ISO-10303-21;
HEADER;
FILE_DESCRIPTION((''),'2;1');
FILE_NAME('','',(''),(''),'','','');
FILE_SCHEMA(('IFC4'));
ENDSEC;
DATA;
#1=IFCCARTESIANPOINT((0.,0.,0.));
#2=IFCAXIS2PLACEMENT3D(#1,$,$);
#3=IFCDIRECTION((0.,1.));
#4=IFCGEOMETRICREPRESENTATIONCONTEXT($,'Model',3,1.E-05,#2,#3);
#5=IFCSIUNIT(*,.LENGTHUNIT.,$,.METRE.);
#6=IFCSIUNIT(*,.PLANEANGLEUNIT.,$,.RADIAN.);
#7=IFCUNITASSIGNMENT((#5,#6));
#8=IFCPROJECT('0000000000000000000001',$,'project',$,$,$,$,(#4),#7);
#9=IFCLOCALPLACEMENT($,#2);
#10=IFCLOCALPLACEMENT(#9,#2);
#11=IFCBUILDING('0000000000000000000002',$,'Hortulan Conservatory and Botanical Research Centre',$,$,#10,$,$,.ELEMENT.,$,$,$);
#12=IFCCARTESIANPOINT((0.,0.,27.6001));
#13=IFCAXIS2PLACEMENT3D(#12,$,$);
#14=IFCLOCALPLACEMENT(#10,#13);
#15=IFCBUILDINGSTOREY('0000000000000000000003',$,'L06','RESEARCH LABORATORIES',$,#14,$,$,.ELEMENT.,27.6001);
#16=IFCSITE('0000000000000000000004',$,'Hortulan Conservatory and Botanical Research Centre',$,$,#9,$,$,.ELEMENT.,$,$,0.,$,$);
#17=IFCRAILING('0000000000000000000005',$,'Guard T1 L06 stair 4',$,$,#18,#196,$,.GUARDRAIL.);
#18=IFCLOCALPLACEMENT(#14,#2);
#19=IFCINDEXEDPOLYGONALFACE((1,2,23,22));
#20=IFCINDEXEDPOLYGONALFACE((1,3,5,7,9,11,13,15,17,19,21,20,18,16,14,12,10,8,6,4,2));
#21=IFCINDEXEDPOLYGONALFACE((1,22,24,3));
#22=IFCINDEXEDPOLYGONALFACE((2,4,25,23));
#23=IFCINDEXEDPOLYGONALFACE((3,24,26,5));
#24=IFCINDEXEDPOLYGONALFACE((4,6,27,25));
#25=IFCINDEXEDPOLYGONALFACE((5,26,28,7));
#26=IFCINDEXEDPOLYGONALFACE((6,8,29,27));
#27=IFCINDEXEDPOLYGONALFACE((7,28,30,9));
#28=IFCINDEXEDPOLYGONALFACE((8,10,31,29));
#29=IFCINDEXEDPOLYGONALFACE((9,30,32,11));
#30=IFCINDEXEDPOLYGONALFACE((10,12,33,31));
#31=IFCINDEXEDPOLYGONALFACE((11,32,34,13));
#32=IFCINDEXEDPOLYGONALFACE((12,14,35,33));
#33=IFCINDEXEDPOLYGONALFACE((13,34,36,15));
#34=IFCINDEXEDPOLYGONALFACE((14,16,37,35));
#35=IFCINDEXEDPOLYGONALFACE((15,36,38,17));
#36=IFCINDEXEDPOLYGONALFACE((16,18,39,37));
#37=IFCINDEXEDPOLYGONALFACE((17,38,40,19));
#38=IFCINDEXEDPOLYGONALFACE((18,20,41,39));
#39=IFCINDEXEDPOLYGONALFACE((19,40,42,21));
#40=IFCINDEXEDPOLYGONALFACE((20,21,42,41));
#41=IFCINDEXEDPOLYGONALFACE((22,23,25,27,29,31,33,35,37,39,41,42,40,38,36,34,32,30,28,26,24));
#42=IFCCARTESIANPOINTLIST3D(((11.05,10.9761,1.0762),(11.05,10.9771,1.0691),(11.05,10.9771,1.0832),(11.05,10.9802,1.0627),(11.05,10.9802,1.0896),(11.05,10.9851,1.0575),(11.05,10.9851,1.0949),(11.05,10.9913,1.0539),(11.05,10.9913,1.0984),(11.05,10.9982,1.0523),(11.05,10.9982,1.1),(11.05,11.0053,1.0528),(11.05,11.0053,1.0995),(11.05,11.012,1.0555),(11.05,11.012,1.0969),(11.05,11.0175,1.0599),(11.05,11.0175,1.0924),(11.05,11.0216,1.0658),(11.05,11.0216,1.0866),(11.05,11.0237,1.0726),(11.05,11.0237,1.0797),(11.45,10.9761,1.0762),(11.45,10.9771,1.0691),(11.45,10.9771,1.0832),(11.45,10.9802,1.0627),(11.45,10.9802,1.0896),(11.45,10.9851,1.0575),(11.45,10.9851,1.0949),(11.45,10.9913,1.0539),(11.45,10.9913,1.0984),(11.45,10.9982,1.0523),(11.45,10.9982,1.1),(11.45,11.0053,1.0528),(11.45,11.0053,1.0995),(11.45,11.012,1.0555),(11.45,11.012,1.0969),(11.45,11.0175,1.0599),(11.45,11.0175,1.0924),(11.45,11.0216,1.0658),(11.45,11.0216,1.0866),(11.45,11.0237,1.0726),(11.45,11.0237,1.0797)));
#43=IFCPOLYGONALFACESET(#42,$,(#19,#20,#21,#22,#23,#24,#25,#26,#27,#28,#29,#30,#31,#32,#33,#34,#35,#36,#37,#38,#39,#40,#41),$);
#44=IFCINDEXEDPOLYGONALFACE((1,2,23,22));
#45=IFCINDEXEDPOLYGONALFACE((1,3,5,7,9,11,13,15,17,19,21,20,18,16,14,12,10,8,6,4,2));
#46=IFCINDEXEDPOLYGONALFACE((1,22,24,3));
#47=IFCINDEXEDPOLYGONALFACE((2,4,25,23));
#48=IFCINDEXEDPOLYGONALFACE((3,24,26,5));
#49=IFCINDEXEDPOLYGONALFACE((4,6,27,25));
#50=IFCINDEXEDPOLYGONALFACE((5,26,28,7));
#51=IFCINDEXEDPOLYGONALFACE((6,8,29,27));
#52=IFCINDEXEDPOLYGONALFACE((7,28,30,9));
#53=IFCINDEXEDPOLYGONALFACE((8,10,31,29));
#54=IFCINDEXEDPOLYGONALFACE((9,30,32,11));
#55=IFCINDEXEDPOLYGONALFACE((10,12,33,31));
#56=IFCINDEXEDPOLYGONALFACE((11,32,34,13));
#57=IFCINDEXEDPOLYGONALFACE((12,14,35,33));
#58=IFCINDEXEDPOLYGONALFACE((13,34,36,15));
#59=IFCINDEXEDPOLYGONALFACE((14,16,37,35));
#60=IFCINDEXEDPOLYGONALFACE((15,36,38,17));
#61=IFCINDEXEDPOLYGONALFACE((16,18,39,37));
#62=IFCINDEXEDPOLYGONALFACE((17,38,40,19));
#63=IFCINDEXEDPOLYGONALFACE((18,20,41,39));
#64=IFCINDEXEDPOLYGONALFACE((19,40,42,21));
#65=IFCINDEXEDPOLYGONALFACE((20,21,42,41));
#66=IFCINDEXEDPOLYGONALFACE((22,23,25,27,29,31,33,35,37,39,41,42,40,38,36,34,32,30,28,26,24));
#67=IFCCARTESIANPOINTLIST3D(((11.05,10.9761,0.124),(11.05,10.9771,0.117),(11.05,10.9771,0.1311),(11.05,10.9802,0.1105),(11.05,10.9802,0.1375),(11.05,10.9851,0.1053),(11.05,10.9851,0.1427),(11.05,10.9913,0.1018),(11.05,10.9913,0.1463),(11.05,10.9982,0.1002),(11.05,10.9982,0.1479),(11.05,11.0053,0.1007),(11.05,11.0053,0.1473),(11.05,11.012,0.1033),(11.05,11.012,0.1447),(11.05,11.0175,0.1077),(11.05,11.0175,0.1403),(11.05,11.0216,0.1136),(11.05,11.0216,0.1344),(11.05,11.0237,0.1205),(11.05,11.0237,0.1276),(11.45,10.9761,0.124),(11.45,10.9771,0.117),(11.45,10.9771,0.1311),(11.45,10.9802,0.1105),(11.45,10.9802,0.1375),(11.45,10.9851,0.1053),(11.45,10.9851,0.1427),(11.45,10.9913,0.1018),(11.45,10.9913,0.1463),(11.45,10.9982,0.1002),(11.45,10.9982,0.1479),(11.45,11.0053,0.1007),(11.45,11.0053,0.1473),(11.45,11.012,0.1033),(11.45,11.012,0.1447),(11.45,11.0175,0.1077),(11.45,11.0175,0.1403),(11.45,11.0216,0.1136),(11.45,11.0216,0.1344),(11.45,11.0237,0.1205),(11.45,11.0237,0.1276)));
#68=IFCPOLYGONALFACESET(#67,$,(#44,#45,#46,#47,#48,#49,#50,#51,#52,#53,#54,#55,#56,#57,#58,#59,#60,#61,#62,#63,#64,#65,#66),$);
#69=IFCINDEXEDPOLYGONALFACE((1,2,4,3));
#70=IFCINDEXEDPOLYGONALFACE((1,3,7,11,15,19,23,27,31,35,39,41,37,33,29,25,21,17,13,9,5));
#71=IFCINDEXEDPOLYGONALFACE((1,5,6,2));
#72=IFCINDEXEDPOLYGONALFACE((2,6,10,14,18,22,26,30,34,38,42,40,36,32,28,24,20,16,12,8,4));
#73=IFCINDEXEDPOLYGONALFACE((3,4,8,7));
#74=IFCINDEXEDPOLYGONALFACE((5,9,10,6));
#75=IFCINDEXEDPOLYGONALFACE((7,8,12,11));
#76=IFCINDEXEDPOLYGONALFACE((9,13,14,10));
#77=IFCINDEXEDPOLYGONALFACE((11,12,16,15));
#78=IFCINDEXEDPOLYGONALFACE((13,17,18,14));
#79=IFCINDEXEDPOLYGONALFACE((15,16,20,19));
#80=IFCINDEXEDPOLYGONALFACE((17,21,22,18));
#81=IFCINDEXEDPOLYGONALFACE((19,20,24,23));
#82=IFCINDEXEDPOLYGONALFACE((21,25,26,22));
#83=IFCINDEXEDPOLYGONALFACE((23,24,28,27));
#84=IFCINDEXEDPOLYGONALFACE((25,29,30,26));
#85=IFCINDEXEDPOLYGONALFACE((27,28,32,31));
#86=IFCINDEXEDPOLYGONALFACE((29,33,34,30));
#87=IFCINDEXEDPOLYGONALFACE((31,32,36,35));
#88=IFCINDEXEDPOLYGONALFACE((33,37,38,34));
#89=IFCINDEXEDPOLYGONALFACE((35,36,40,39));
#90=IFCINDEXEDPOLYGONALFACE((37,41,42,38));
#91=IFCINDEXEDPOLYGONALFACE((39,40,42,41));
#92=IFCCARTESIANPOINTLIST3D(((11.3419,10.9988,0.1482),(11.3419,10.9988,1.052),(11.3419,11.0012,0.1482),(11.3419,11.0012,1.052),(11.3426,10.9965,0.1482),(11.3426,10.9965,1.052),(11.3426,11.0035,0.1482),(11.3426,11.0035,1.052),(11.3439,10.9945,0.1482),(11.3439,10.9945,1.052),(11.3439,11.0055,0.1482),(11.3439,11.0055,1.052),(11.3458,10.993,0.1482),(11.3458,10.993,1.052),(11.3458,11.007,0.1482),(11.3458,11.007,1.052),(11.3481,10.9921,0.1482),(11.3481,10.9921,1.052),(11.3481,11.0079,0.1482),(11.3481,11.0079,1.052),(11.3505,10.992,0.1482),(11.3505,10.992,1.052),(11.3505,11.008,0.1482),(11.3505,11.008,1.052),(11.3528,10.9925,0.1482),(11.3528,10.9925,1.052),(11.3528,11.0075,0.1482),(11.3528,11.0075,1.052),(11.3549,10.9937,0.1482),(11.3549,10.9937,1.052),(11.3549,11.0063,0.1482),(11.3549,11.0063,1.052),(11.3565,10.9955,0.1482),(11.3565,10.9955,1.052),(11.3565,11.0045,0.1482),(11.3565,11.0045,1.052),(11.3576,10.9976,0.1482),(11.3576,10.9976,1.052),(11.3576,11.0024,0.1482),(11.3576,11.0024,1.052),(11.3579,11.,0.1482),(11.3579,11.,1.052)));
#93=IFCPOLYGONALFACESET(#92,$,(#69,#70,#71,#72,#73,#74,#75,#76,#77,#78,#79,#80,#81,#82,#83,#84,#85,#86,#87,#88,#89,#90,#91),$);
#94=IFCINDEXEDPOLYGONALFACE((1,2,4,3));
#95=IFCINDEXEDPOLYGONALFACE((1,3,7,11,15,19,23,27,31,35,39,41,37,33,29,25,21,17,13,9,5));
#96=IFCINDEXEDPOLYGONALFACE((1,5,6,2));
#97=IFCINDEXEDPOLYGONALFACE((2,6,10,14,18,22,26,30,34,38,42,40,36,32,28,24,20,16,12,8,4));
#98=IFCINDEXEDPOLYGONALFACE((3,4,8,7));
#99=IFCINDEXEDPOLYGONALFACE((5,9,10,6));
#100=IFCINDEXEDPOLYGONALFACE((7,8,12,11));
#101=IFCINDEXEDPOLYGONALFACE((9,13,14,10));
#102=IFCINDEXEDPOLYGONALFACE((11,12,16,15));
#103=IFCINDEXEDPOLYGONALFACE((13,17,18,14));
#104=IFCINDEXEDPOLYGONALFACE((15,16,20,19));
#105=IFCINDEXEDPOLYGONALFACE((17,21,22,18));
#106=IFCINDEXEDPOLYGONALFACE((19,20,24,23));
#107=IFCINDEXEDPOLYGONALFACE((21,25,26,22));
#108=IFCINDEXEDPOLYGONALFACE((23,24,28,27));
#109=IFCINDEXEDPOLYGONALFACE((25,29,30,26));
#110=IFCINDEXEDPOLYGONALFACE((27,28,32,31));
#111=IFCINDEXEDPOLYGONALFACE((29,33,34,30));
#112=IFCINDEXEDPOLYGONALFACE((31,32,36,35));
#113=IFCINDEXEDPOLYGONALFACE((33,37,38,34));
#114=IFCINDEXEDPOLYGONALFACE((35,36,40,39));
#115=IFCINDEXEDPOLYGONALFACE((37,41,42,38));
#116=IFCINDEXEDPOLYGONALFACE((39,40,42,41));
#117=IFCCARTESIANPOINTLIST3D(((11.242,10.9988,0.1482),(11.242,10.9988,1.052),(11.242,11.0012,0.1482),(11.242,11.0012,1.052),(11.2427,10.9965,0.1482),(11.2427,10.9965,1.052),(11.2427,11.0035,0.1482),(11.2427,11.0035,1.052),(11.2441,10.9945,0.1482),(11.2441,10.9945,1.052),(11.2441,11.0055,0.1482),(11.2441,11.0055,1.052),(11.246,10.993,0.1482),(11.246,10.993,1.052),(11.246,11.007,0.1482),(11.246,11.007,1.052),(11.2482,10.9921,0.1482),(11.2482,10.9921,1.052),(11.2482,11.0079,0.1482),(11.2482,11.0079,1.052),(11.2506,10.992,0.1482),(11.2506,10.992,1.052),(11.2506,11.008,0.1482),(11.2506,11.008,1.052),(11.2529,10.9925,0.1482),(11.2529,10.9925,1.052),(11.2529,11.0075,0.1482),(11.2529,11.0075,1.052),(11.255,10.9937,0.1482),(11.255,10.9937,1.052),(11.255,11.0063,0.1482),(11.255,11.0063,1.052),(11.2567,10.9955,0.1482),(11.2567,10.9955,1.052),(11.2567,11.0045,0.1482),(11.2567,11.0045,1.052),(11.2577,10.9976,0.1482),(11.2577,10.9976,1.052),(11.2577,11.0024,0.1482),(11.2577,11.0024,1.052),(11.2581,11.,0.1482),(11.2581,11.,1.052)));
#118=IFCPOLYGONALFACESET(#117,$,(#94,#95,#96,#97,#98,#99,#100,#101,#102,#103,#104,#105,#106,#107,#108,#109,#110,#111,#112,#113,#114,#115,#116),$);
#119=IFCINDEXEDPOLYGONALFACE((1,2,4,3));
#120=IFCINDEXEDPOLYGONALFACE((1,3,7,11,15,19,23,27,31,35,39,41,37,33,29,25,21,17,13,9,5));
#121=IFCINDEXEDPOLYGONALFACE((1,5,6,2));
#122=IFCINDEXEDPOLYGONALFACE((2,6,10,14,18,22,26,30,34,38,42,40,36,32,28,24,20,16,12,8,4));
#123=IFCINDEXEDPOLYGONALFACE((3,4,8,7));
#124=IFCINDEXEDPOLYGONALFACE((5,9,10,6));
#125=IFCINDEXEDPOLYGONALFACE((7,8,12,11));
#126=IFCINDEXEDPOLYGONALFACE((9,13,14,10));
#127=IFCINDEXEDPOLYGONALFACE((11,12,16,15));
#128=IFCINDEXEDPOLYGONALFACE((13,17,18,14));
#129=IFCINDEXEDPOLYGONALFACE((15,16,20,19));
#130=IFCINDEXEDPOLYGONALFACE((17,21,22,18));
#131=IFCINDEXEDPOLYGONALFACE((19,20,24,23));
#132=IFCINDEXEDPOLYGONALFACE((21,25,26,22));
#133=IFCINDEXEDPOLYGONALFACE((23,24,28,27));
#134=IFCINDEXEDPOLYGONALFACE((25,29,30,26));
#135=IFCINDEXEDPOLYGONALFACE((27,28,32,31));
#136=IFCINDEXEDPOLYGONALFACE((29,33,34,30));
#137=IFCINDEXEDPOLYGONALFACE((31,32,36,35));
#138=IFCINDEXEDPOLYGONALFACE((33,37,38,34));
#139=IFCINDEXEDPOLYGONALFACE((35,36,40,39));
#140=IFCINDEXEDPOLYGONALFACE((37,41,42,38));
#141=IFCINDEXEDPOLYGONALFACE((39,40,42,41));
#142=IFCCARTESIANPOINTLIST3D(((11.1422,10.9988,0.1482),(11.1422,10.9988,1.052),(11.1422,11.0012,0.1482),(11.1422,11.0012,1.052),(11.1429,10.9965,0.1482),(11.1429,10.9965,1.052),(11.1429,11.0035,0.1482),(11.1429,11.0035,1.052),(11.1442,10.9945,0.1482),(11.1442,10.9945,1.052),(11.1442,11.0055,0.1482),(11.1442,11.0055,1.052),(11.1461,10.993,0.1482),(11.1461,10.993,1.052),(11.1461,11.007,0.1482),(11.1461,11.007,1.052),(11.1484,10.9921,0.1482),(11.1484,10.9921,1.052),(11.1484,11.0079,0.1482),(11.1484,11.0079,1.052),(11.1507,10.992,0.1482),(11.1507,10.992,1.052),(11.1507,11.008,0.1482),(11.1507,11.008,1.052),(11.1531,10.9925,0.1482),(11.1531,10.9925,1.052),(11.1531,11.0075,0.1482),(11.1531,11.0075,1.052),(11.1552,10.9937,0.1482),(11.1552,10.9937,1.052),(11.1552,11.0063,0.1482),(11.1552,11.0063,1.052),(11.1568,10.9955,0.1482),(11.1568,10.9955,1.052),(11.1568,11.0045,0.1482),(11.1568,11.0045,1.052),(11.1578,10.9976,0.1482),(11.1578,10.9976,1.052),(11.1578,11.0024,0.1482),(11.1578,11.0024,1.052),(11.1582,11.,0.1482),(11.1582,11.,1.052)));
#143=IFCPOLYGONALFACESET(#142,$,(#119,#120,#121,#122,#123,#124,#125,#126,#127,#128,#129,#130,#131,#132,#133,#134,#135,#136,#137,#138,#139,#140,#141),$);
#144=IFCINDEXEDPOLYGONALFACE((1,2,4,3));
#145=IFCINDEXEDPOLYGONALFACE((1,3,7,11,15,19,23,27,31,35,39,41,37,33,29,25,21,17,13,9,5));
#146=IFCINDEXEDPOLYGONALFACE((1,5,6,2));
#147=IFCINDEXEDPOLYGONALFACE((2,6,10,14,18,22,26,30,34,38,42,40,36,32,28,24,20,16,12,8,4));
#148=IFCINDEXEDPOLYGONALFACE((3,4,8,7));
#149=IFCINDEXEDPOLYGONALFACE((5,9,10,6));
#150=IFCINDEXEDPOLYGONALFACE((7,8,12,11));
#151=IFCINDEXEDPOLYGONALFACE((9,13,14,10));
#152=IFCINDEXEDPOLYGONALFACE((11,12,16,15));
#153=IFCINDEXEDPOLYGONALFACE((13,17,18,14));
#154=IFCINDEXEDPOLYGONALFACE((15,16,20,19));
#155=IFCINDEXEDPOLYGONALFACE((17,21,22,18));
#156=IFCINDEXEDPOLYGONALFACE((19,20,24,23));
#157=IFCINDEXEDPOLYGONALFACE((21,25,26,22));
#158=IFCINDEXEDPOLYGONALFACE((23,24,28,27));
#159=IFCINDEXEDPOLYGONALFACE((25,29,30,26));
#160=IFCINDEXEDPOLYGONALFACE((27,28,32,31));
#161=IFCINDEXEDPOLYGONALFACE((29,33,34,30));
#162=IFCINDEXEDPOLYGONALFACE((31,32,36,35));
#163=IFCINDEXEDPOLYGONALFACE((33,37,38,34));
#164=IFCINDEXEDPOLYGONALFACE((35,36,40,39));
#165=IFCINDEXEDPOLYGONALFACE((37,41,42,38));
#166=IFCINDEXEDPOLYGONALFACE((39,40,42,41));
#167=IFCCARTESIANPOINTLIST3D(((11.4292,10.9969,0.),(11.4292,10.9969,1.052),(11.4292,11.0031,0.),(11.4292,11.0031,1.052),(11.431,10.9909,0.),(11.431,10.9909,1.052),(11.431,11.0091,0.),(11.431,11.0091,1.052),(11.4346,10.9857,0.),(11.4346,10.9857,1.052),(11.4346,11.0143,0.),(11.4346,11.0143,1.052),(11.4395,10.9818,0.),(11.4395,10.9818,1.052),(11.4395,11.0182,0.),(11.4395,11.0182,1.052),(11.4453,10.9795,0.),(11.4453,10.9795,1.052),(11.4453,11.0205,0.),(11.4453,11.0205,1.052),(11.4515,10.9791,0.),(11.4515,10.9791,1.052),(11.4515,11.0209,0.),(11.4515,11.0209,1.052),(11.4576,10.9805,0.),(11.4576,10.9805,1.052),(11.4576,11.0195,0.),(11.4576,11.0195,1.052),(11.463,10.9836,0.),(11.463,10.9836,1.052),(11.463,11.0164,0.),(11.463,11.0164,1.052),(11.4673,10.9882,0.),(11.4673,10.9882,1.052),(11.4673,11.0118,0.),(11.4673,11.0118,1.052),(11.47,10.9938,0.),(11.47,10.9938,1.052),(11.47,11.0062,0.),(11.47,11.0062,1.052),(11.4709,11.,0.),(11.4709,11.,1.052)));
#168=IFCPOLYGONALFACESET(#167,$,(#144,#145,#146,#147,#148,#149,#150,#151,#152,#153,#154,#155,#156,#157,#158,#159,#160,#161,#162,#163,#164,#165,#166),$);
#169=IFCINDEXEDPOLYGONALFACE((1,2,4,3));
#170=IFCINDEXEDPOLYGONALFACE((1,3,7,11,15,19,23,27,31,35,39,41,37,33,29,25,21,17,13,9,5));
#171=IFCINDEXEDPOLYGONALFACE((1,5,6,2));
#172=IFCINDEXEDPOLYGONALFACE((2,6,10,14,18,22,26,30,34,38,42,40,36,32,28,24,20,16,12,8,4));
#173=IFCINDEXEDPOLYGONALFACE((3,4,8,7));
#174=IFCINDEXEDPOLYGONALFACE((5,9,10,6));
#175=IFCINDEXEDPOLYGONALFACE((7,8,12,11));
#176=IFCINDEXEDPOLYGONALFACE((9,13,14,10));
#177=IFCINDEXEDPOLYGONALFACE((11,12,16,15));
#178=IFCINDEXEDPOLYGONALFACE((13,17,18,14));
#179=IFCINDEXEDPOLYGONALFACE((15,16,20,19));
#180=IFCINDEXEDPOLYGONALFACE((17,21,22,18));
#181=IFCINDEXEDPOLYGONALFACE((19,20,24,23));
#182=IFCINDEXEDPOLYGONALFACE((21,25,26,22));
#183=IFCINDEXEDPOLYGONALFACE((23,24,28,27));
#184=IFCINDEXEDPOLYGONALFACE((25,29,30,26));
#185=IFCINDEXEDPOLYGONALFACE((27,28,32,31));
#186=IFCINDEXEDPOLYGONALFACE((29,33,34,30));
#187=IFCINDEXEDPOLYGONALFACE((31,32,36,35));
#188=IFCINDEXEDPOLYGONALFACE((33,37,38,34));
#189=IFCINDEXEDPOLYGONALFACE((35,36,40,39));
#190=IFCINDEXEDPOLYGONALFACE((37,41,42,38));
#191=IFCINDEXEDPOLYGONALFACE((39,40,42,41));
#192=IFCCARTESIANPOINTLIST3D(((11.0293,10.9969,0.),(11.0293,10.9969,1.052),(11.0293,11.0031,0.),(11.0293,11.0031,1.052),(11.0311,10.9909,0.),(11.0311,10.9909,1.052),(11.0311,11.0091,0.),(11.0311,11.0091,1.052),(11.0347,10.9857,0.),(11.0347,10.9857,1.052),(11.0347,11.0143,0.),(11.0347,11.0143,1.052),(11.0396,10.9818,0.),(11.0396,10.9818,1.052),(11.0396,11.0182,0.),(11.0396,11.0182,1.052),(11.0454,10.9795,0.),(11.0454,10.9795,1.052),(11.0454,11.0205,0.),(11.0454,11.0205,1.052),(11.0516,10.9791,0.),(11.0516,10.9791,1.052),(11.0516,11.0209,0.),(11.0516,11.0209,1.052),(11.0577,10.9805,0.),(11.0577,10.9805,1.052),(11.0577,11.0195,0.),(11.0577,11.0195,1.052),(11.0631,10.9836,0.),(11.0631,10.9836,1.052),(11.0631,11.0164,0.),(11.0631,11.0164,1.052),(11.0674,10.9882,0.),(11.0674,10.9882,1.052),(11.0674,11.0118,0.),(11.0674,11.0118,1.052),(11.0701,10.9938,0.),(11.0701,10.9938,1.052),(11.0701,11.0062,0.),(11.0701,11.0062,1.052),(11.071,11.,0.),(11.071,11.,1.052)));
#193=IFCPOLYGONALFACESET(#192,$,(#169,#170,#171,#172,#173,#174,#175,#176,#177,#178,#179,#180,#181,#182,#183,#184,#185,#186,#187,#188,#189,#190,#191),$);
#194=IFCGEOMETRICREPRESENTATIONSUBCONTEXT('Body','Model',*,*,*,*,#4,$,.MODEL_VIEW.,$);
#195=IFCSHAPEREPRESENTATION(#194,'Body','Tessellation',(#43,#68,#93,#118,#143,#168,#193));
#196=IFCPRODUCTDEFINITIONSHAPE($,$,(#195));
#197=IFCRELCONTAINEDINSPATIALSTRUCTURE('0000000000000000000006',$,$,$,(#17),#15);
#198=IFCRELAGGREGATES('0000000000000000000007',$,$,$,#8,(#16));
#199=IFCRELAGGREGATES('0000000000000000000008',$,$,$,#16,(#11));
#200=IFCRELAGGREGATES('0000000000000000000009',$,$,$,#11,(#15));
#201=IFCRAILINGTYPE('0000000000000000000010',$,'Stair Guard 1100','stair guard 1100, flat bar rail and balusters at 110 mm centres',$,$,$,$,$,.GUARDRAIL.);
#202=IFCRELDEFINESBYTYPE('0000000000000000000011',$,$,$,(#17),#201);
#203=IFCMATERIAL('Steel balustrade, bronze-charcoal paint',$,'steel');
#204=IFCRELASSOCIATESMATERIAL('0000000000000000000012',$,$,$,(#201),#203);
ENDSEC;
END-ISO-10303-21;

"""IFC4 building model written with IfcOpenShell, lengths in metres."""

from ifc_helpers import new_model, si_unit, direction, frame, origin, origin_2d, place, context, subcontext, project, spatial, circle, extrude, material, type_object, element, save


model = new_model("IFC4")

# Units and contexts
model_context = context("Model", 3, precision=1e-05, world=origin(), true_north=direction((0.0, 1.0)))
body_context = subcontext(model_context, "Body", "Model", "MODEL_VIEW")
ifc_project = project(units=[si_unit("LENGTHUNIT", "METRE"), si_unit("PLANEANGLEUNIT", "RADIAN")], contexts=[model_context])

# Site, building, storey
site_placement = place(None, origin())
site = spatial("IfcSite", under=ifc_project, at=site_placement, Name="Hortulan Conservatory and Botanical Research Centre", CompositionType="ELEMENT", RefElevation=0.0)
building_placement = place(site_placement, origin())
building = spatial("IfcBuilding", under=site, at=building_placement, Name="Hortulan Conservatory and Botanical Research Centre", CompositionType="ELEMENT")
storey_placement = place(building_placement, frame((0.0, 0.0, 27.6001)))
storey = spatial("IfcBuildingStorey", under=building, at=storey_placement, Name="L06", Description="RESEARCH LABORATORIES", CompositionType="ELEMENT", Elevation=27.6001)

# Railing
ifc_material_1 = material(Name="Steel balustrade, bronze-charcoal paint", Category="steel")
railing_type_1 = type_object("IfcRailingType", Name="Stair Guard 1100", Description="stair guard 1100, flat bar rail and balusters at 110 mm centres", PredefinedType="GUARDRAIL", material=ifc_material_1)
railing_1_placement = place(storey_placement, frame((11.45, 11.0, 0.0)))
element("IfcRailing", 1, at=railing_1_placement, inside=storey, type_object=railing_type_1, Name="Guard T1 L06 stair 4", PredefinedType="GUARDRAIL", context=body_context, shape_type="SweptSolid", body=[
    extrude(circle(Radius=0.0239, at=origin_2d()), frame((0.0, 0.0, 1.0762), z_axis=(-1.0, 0.0, 0.0), x_axis=(0.0, -1.0, 0.0)), (0.0, 0.0, 1.0), 0.3999),
    extrude(circle(Radius=0.0239, at=origin_2d()), frame((0.0, 0.0, 0.124), z_axis=(-1.0, 0.0, 0.0), x_axis=(0.0, -1.0, 0.0)), (0.0, 0.0, 1.0), 0.3999),
    extrude(circle(Radius=0.0081, at=origin_2d()), frame((-0.1001, 0.0, 0.1482)), (0.0, 0.0, 1.0), 0.9038),
    extrude(circle(Radius=0.0081, at=origin_2d()), frame((-0.2, 0.0, 0.1482)), (0.0, 0.0, 1.0), 0.9038),
    extrude(circle(Radius=0.0081, at=origin_2d()), frame((-0.2998, 0.0, 0.1482)), (0.0, 0.0, 1.0), 0.9038),
    extrude(circle(Radius=0.021, at=origin_2d()), origin(), (0.0, 0.0, 1.0), 1.052),
    extrude(circle(Radius=0.021, at=origin_2d()), frame((-0.3999, 0.0, 0.0)), (0.0, 0.0, 1.0), 1.052),
])

save(model, "model.ifc")
